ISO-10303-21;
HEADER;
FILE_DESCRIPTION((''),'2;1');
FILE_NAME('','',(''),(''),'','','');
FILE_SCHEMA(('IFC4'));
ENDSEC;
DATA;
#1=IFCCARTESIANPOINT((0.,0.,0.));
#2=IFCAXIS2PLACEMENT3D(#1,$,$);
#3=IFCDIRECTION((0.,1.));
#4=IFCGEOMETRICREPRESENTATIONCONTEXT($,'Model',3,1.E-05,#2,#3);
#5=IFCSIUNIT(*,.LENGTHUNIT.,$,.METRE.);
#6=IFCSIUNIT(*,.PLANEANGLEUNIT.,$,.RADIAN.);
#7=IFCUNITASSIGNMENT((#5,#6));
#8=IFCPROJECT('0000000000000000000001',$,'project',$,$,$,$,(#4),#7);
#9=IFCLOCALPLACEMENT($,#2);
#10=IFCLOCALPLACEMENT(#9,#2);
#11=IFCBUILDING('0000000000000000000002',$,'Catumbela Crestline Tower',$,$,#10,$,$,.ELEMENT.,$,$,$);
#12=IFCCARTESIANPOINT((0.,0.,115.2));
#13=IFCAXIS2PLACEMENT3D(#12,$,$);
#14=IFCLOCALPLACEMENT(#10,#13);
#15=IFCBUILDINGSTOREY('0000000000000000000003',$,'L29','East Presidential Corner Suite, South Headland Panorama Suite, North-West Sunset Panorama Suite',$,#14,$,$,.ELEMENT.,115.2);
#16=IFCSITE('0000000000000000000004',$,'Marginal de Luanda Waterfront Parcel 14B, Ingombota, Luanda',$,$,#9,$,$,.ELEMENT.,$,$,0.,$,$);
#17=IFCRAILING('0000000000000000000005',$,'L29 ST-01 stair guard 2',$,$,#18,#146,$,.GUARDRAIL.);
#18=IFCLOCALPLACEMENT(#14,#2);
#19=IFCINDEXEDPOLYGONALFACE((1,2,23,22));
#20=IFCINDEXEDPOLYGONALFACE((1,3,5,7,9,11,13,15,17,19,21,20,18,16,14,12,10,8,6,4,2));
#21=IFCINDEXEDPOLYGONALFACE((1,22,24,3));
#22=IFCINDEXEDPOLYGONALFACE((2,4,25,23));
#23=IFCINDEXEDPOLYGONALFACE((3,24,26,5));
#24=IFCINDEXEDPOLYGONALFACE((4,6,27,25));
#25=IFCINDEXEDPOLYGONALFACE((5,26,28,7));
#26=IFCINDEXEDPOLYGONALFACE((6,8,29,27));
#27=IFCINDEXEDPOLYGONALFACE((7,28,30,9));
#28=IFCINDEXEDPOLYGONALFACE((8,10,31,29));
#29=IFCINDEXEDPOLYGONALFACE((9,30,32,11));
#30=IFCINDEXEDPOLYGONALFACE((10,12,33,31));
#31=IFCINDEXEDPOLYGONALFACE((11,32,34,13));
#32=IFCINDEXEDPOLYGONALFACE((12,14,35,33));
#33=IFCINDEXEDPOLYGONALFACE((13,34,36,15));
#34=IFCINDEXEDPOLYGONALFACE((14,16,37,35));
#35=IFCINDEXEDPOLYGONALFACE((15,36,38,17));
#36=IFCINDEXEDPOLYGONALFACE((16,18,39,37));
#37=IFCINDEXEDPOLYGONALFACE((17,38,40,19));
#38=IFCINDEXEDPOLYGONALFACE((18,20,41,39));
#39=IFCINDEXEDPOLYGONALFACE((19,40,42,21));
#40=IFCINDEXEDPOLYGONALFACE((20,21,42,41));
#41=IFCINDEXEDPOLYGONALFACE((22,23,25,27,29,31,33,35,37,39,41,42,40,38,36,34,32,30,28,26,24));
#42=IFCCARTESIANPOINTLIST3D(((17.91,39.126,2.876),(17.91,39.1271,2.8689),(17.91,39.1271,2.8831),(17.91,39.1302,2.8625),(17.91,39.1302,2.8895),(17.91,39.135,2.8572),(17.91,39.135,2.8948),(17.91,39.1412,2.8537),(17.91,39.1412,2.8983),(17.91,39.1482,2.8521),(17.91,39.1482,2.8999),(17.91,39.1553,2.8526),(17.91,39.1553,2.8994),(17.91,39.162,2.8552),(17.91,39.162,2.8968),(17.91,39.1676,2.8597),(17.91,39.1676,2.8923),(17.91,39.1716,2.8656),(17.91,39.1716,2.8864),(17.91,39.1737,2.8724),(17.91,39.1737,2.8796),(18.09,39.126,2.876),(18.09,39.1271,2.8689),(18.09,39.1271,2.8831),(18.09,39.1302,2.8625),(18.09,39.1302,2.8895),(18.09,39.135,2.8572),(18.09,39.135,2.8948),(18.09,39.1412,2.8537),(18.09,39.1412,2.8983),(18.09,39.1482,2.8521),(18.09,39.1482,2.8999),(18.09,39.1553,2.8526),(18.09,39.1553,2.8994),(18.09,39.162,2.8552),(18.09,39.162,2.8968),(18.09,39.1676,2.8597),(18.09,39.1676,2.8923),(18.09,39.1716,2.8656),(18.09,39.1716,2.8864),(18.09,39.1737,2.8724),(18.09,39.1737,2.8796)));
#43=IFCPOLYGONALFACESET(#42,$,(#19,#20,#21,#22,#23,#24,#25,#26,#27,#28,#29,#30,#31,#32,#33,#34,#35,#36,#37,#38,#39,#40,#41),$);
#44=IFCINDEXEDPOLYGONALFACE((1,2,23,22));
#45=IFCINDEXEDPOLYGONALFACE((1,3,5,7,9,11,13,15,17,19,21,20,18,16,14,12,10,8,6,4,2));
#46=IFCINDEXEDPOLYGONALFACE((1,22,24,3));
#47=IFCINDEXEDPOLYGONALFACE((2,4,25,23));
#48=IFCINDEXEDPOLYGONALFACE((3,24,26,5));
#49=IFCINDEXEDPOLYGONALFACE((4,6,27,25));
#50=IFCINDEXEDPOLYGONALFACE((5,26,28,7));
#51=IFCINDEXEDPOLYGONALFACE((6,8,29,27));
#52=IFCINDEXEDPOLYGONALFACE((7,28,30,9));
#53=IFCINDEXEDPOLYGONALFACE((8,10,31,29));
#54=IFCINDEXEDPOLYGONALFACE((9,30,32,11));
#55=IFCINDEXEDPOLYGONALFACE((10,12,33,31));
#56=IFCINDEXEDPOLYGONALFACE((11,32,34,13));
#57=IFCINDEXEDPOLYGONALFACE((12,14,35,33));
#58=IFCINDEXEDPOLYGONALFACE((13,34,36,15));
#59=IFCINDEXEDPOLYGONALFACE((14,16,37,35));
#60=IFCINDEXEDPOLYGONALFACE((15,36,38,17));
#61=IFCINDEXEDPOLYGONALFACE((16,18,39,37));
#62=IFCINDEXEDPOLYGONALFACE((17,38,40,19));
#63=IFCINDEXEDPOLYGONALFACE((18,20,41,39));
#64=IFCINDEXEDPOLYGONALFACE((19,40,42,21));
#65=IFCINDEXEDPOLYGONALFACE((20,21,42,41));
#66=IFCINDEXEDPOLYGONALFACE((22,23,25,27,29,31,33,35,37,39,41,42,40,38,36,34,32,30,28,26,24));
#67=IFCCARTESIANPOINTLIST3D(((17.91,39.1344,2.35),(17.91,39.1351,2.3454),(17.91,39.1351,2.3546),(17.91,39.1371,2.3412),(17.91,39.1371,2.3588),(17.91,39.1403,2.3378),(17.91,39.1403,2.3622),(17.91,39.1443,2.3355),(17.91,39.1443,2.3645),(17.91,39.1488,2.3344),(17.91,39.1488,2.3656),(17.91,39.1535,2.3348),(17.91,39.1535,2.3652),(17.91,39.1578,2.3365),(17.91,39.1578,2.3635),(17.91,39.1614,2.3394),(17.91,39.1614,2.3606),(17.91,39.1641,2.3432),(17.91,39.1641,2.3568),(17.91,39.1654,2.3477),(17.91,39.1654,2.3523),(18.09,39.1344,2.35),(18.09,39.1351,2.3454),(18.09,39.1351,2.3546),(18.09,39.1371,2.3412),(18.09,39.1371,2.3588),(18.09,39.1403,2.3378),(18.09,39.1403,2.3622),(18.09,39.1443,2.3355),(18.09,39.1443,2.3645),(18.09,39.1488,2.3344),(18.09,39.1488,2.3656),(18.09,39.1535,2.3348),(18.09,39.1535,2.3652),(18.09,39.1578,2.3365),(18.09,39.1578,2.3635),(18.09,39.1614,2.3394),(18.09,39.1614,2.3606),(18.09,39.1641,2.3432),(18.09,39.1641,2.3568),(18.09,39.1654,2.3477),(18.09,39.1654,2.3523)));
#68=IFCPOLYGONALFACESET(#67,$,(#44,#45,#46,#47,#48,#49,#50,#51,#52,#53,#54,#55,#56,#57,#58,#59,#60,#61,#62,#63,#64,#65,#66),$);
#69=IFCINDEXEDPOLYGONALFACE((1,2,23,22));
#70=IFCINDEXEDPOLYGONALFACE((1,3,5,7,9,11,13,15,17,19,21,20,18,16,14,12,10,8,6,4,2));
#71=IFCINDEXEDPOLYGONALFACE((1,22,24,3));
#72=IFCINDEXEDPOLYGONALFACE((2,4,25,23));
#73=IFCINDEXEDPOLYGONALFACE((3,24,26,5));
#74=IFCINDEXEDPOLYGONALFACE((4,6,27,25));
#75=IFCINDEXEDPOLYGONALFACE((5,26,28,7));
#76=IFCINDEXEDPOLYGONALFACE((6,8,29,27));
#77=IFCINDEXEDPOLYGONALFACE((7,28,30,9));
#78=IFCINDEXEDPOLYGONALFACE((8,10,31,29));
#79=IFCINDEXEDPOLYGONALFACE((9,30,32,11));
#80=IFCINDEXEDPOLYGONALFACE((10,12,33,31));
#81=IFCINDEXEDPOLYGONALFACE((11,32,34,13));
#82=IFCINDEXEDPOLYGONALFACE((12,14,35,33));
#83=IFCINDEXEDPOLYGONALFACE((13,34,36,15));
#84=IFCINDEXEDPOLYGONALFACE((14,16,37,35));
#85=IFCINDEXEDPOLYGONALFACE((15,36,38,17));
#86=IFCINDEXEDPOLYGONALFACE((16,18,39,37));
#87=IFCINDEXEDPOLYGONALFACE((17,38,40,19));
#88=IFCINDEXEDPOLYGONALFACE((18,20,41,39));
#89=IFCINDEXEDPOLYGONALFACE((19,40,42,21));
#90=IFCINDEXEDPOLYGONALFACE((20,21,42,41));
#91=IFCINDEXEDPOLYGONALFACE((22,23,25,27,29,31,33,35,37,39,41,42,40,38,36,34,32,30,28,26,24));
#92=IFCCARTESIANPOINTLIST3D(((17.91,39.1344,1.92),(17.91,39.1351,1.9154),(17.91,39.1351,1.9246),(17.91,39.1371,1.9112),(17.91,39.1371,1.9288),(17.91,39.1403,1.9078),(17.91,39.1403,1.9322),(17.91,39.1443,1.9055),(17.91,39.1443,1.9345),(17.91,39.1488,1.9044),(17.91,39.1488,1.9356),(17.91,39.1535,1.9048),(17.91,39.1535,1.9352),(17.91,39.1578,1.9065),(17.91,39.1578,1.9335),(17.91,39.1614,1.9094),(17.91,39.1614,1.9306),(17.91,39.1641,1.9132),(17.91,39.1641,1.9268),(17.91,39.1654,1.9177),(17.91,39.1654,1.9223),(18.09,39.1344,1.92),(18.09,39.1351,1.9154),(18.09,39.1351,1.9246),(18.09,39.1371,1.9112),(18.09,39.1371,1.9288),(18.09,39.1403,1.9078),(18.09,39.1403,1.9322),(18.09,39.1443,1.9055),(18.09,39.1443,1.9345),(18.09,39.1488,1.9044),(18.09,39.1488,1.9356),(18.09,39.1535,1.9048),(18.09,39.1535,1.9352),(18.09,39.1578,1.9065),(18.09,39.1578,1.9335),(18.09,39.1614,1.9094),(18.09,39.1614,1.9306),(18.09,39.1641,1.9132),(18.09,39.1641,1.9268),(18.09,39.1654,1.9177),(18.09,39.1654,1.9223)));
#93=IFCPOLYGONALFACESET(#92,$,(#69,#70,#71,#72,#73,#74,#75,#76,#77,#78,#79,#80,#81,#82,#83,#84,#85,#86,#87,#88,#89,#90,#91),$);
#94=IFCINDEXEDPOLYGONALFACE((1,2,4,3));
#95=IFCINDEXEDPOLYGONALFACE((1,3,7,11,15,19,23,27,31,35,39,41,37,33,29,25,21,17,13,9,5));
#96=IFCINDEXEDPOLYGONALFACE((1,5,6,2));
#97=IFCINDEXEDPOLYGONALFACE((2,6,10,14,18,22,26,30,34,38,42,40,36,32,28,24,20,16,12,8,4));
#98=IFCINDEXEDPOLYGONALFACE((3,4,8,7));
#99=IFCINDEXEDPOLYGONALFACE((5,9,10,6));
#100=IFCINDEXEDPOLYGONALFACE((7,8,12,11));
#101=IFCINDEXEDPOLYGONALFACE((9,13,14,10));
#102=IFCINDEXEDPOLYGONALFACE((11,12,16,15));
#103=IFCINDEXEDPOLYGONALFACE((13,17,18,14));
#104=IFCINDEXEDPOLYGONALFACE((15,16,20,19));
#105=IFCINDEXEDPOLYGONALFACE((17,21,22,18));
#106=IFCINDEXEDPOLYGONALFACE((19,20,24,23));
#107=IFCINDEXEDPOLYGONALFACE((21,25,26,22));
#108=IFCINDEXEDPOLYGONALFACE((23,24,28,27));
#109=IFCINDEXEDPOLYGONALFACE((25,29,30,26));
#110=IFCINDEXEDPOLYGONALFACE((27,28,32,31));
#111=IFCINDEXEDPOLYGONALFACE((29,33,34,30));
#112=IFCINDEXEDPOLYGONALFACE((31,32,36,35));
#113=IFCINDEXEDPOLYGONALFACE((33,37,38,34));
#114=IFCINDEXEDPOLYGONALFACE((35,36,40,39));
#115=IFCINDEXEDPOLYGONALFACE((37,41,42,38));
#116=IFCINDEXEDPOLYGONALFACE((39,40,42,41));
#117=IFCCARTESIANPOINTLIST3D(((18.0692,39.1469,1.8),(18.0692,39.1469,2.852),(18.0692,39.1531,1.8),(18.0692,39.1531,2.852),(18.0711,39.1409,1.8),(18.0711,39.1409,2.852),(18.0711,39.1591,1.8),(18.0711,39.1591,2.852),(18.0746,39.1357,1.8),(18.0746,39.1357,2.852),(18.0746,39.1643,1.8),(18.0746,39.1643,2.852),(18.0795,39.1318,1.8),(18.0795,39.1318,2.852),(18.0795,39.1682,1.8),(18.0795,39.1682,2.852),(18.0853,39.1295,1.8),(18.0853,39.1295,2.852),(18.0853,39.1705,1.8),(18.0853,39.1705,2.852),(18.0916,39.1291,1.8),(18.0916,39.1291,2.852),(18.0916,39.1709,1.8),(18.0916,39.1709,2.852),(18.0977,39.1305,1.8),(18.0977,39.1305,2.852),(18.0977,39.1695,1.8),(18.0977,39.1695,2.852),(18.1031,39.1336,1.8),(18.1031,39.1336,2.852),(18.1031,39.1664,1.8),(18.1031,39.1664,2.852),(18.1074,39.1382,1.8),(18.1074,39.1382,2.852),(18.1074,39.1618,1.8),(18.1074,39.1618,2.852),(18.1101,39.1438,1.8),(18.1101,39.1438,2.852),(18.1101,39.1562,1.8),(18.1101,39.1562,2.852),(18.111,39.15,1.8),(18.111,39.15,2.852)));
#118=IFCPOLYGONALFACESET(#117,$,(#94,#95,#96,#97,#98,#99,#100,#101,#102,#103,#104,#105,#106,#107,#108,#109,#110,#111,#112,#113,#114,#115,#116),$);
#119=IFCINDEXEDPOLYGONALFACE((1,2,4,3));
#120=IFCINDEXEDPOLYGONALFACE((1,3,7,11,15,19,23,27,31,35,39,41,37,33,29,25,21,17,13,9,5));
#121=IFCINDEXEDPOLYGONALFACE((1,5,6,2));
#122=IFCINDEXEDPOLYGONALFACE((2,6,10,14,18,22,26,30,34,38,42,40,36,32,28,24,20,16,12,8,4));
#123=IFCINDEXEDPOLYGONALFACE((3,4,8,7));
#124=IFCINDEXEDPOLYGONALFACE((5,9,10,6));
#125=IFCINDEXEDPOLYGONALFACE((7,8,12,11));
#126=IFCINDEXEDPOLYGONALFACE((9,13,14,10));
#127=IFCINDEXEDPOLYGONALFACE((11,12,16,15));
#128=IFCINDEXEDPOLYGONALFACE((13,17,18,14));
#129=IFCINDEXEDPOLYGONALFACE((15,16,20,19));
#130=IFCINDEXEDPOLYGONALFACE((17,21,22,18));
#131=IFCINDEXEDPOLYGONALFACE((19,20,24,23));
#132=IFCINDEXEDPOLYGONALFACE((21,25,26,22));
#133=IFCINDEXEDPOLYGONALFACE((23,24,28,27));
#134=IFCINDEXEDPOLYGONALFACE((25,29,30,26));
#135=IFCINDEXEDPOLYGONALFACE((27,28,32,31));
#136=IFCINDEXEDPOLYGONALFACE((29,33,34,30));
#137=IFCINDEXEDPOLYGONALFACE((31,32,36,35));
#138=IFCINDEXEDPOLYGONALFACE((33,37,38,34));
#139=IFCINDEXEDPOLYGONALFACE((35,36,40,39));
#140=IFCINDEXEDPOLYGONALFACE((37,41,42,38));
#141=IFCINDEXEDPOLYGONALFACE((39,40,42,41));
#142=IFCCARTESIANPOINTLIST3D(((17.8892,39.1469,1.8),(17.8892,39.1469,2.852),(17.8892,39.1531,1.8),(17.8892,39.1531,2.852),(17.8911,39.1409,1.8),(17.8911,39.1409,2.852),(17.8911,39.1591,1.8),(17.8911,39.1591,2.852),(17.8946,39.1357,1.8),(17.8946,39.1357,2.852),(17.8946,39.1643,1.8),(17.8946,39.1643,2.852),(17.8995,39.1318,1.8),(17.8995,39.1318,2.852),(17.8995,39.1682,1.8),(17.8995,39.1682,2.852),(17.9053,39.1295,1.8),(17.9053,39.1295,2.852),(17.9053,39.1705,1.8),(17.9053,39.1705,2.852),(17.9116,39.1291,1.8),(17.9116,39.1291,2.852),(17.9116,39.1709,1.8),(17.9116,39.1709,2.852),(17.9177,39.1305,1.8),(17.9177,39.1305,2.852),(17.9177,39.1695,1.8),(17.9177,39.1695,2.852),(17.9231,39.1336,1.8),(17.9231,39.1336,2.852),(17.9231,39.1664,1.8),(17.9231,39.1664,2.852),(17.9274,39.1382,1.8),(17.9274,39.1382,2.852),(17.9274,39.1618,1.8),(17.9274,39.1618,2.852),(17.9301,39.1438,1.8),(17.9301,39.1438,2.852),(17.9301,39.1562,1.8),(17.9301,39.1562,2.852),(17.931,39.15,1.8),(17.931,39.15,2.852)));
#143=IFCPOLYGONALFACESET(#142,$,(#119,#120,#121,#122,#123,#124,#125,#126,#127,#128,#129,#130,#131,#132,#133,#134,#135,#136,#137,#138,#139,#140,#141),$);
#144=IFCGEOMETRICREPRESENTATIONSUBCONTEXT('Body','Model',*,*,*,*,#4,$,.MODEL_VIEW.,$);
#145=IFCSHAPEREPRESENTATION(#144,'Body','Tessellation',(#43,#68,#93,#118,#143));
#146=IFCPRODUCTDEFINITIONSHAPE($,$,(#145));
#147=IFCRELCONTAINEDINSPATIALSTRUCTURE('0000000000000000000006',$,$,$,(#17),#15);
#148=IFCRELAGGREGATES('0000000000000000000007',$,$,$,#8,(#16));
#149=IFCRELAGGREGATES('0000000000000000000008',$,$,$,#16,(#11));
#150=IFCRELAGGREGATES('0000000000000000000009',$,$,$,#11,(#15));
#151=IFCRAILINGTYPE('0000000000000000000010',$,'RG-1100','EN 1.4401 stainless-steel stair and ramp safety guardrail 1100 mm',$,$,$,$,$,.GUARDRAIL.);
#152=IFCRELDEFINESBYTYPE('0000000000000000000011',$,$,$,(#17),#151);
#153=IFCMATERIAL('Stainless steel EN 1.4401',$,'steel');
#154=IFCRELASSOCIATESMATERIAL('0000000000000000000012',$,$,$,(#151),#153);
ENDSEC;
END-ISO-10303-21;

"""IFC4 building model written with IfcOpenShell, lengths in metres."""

from ifc_helpers import new_model, si_unit, direction, frame, origin, origin_2d, place, context, subcontext, project, spatial, circle, extrude, material, type_object, element, save


model = new_model("IFC4")

# Units and contexts
model_context = context("Model", 3, precision=1e-05, world=origin(), true_north=direction((0.0, 1.0)))
body_context = subcontext(model_context, "Body", "Model", "MODEL_VIEW")
ifc_project = project(units=[si_unit("LENGTHUNIT", "METRE"), si_unit("PLANEANGLEUNIT", "RADIAN")], contexts=[model_context])

# Site, building, storey
site_placement = place(None, origin())
site = spatial("IfcSite", under=ifc_project, at=site_placement, Name="Marginal de Luanda Waterfront Parcel 14B, Ingombota, Luanda", CompositionType="ELEMENT", RefElevation=0.0)
building_placement = place(site_placement, origin())
building = spatial("IfcBuilding", under=site, at=building_placement, Name="Catumbela Crestline Tower", CompositionType="ELEMENT")
storey_placement = place(building_placement, frame((0.0, 0.0, 115.2)))
storey = spatial("IfcBuildingStorey", under=building, at=storey_placement, Name="L29", Description="East Presidential Corner Suite, South Headland Panorama Suite, North-West Sunset Panorama Suite", CompositionType="ELEMENT", Elevation=115.2)

# Railing
ifc_material_1 = material(Name="Stainless steel EN 1.4401", Category="steel")
railing_type_1 = type_object("IfcRailingType", Name="RG-1100", Description="EN 1.4401 stainless-steel stair and ramp safety guardrail 1100 mm", PredefinedType="GUARDRAIL", material=ifc_material_1)
railing_1_placement = place(storey_placement, frame((18.09, 39.15, 1.8)))
element("IfcRailing", 1, at=railing_1_placement, inside=storey, type_object=railing_type_1, Name="L29 ST-01 stair guard 2", PredefinedType="GUARDRAIL", context=body_context, shape_type="SweptSolid", body=[
    extrude(circle(Radius=0.024, at=origin_2d()), frame((0.0, 0.0, 1.076), z_axis=(-1.0, 0.0, 0.0), x_axis=(0.0, -1.0, 0.0)), (0.0, 0.0, 1.0), 0.18),
    extrude(circle(Radius=0.0156, at=origin_2d()), frame((0.0, 0.0, 0.55), z_axis=(-1.0, 0.0, 0.0), x_axis=(0.0, -1.0, 0.0)), (0.0, 0.0, 1.0), 0.18),
    extrude(circle(Radius=0.0156, at=origin_2d()), frame((0.0, 0.0, 0.12), z_axis=(-1.0, 0.0, 0.0), x_axis=(0.0, -1.0, 0.0)), (0.0, 0.0, 1.0), 0.18),
    extrude(circle(Radius=0.021, at=origin_2d()), origin(), (0.0, 0.0, 1.0), 1.052),
    extrude(circle(Radius=0.021, at=origin_2d()), frame((-0.18, 0.0, 0.0)), (0.0, 0.0, 1.0), 1.052),
])

save(model, "model.ifc")
